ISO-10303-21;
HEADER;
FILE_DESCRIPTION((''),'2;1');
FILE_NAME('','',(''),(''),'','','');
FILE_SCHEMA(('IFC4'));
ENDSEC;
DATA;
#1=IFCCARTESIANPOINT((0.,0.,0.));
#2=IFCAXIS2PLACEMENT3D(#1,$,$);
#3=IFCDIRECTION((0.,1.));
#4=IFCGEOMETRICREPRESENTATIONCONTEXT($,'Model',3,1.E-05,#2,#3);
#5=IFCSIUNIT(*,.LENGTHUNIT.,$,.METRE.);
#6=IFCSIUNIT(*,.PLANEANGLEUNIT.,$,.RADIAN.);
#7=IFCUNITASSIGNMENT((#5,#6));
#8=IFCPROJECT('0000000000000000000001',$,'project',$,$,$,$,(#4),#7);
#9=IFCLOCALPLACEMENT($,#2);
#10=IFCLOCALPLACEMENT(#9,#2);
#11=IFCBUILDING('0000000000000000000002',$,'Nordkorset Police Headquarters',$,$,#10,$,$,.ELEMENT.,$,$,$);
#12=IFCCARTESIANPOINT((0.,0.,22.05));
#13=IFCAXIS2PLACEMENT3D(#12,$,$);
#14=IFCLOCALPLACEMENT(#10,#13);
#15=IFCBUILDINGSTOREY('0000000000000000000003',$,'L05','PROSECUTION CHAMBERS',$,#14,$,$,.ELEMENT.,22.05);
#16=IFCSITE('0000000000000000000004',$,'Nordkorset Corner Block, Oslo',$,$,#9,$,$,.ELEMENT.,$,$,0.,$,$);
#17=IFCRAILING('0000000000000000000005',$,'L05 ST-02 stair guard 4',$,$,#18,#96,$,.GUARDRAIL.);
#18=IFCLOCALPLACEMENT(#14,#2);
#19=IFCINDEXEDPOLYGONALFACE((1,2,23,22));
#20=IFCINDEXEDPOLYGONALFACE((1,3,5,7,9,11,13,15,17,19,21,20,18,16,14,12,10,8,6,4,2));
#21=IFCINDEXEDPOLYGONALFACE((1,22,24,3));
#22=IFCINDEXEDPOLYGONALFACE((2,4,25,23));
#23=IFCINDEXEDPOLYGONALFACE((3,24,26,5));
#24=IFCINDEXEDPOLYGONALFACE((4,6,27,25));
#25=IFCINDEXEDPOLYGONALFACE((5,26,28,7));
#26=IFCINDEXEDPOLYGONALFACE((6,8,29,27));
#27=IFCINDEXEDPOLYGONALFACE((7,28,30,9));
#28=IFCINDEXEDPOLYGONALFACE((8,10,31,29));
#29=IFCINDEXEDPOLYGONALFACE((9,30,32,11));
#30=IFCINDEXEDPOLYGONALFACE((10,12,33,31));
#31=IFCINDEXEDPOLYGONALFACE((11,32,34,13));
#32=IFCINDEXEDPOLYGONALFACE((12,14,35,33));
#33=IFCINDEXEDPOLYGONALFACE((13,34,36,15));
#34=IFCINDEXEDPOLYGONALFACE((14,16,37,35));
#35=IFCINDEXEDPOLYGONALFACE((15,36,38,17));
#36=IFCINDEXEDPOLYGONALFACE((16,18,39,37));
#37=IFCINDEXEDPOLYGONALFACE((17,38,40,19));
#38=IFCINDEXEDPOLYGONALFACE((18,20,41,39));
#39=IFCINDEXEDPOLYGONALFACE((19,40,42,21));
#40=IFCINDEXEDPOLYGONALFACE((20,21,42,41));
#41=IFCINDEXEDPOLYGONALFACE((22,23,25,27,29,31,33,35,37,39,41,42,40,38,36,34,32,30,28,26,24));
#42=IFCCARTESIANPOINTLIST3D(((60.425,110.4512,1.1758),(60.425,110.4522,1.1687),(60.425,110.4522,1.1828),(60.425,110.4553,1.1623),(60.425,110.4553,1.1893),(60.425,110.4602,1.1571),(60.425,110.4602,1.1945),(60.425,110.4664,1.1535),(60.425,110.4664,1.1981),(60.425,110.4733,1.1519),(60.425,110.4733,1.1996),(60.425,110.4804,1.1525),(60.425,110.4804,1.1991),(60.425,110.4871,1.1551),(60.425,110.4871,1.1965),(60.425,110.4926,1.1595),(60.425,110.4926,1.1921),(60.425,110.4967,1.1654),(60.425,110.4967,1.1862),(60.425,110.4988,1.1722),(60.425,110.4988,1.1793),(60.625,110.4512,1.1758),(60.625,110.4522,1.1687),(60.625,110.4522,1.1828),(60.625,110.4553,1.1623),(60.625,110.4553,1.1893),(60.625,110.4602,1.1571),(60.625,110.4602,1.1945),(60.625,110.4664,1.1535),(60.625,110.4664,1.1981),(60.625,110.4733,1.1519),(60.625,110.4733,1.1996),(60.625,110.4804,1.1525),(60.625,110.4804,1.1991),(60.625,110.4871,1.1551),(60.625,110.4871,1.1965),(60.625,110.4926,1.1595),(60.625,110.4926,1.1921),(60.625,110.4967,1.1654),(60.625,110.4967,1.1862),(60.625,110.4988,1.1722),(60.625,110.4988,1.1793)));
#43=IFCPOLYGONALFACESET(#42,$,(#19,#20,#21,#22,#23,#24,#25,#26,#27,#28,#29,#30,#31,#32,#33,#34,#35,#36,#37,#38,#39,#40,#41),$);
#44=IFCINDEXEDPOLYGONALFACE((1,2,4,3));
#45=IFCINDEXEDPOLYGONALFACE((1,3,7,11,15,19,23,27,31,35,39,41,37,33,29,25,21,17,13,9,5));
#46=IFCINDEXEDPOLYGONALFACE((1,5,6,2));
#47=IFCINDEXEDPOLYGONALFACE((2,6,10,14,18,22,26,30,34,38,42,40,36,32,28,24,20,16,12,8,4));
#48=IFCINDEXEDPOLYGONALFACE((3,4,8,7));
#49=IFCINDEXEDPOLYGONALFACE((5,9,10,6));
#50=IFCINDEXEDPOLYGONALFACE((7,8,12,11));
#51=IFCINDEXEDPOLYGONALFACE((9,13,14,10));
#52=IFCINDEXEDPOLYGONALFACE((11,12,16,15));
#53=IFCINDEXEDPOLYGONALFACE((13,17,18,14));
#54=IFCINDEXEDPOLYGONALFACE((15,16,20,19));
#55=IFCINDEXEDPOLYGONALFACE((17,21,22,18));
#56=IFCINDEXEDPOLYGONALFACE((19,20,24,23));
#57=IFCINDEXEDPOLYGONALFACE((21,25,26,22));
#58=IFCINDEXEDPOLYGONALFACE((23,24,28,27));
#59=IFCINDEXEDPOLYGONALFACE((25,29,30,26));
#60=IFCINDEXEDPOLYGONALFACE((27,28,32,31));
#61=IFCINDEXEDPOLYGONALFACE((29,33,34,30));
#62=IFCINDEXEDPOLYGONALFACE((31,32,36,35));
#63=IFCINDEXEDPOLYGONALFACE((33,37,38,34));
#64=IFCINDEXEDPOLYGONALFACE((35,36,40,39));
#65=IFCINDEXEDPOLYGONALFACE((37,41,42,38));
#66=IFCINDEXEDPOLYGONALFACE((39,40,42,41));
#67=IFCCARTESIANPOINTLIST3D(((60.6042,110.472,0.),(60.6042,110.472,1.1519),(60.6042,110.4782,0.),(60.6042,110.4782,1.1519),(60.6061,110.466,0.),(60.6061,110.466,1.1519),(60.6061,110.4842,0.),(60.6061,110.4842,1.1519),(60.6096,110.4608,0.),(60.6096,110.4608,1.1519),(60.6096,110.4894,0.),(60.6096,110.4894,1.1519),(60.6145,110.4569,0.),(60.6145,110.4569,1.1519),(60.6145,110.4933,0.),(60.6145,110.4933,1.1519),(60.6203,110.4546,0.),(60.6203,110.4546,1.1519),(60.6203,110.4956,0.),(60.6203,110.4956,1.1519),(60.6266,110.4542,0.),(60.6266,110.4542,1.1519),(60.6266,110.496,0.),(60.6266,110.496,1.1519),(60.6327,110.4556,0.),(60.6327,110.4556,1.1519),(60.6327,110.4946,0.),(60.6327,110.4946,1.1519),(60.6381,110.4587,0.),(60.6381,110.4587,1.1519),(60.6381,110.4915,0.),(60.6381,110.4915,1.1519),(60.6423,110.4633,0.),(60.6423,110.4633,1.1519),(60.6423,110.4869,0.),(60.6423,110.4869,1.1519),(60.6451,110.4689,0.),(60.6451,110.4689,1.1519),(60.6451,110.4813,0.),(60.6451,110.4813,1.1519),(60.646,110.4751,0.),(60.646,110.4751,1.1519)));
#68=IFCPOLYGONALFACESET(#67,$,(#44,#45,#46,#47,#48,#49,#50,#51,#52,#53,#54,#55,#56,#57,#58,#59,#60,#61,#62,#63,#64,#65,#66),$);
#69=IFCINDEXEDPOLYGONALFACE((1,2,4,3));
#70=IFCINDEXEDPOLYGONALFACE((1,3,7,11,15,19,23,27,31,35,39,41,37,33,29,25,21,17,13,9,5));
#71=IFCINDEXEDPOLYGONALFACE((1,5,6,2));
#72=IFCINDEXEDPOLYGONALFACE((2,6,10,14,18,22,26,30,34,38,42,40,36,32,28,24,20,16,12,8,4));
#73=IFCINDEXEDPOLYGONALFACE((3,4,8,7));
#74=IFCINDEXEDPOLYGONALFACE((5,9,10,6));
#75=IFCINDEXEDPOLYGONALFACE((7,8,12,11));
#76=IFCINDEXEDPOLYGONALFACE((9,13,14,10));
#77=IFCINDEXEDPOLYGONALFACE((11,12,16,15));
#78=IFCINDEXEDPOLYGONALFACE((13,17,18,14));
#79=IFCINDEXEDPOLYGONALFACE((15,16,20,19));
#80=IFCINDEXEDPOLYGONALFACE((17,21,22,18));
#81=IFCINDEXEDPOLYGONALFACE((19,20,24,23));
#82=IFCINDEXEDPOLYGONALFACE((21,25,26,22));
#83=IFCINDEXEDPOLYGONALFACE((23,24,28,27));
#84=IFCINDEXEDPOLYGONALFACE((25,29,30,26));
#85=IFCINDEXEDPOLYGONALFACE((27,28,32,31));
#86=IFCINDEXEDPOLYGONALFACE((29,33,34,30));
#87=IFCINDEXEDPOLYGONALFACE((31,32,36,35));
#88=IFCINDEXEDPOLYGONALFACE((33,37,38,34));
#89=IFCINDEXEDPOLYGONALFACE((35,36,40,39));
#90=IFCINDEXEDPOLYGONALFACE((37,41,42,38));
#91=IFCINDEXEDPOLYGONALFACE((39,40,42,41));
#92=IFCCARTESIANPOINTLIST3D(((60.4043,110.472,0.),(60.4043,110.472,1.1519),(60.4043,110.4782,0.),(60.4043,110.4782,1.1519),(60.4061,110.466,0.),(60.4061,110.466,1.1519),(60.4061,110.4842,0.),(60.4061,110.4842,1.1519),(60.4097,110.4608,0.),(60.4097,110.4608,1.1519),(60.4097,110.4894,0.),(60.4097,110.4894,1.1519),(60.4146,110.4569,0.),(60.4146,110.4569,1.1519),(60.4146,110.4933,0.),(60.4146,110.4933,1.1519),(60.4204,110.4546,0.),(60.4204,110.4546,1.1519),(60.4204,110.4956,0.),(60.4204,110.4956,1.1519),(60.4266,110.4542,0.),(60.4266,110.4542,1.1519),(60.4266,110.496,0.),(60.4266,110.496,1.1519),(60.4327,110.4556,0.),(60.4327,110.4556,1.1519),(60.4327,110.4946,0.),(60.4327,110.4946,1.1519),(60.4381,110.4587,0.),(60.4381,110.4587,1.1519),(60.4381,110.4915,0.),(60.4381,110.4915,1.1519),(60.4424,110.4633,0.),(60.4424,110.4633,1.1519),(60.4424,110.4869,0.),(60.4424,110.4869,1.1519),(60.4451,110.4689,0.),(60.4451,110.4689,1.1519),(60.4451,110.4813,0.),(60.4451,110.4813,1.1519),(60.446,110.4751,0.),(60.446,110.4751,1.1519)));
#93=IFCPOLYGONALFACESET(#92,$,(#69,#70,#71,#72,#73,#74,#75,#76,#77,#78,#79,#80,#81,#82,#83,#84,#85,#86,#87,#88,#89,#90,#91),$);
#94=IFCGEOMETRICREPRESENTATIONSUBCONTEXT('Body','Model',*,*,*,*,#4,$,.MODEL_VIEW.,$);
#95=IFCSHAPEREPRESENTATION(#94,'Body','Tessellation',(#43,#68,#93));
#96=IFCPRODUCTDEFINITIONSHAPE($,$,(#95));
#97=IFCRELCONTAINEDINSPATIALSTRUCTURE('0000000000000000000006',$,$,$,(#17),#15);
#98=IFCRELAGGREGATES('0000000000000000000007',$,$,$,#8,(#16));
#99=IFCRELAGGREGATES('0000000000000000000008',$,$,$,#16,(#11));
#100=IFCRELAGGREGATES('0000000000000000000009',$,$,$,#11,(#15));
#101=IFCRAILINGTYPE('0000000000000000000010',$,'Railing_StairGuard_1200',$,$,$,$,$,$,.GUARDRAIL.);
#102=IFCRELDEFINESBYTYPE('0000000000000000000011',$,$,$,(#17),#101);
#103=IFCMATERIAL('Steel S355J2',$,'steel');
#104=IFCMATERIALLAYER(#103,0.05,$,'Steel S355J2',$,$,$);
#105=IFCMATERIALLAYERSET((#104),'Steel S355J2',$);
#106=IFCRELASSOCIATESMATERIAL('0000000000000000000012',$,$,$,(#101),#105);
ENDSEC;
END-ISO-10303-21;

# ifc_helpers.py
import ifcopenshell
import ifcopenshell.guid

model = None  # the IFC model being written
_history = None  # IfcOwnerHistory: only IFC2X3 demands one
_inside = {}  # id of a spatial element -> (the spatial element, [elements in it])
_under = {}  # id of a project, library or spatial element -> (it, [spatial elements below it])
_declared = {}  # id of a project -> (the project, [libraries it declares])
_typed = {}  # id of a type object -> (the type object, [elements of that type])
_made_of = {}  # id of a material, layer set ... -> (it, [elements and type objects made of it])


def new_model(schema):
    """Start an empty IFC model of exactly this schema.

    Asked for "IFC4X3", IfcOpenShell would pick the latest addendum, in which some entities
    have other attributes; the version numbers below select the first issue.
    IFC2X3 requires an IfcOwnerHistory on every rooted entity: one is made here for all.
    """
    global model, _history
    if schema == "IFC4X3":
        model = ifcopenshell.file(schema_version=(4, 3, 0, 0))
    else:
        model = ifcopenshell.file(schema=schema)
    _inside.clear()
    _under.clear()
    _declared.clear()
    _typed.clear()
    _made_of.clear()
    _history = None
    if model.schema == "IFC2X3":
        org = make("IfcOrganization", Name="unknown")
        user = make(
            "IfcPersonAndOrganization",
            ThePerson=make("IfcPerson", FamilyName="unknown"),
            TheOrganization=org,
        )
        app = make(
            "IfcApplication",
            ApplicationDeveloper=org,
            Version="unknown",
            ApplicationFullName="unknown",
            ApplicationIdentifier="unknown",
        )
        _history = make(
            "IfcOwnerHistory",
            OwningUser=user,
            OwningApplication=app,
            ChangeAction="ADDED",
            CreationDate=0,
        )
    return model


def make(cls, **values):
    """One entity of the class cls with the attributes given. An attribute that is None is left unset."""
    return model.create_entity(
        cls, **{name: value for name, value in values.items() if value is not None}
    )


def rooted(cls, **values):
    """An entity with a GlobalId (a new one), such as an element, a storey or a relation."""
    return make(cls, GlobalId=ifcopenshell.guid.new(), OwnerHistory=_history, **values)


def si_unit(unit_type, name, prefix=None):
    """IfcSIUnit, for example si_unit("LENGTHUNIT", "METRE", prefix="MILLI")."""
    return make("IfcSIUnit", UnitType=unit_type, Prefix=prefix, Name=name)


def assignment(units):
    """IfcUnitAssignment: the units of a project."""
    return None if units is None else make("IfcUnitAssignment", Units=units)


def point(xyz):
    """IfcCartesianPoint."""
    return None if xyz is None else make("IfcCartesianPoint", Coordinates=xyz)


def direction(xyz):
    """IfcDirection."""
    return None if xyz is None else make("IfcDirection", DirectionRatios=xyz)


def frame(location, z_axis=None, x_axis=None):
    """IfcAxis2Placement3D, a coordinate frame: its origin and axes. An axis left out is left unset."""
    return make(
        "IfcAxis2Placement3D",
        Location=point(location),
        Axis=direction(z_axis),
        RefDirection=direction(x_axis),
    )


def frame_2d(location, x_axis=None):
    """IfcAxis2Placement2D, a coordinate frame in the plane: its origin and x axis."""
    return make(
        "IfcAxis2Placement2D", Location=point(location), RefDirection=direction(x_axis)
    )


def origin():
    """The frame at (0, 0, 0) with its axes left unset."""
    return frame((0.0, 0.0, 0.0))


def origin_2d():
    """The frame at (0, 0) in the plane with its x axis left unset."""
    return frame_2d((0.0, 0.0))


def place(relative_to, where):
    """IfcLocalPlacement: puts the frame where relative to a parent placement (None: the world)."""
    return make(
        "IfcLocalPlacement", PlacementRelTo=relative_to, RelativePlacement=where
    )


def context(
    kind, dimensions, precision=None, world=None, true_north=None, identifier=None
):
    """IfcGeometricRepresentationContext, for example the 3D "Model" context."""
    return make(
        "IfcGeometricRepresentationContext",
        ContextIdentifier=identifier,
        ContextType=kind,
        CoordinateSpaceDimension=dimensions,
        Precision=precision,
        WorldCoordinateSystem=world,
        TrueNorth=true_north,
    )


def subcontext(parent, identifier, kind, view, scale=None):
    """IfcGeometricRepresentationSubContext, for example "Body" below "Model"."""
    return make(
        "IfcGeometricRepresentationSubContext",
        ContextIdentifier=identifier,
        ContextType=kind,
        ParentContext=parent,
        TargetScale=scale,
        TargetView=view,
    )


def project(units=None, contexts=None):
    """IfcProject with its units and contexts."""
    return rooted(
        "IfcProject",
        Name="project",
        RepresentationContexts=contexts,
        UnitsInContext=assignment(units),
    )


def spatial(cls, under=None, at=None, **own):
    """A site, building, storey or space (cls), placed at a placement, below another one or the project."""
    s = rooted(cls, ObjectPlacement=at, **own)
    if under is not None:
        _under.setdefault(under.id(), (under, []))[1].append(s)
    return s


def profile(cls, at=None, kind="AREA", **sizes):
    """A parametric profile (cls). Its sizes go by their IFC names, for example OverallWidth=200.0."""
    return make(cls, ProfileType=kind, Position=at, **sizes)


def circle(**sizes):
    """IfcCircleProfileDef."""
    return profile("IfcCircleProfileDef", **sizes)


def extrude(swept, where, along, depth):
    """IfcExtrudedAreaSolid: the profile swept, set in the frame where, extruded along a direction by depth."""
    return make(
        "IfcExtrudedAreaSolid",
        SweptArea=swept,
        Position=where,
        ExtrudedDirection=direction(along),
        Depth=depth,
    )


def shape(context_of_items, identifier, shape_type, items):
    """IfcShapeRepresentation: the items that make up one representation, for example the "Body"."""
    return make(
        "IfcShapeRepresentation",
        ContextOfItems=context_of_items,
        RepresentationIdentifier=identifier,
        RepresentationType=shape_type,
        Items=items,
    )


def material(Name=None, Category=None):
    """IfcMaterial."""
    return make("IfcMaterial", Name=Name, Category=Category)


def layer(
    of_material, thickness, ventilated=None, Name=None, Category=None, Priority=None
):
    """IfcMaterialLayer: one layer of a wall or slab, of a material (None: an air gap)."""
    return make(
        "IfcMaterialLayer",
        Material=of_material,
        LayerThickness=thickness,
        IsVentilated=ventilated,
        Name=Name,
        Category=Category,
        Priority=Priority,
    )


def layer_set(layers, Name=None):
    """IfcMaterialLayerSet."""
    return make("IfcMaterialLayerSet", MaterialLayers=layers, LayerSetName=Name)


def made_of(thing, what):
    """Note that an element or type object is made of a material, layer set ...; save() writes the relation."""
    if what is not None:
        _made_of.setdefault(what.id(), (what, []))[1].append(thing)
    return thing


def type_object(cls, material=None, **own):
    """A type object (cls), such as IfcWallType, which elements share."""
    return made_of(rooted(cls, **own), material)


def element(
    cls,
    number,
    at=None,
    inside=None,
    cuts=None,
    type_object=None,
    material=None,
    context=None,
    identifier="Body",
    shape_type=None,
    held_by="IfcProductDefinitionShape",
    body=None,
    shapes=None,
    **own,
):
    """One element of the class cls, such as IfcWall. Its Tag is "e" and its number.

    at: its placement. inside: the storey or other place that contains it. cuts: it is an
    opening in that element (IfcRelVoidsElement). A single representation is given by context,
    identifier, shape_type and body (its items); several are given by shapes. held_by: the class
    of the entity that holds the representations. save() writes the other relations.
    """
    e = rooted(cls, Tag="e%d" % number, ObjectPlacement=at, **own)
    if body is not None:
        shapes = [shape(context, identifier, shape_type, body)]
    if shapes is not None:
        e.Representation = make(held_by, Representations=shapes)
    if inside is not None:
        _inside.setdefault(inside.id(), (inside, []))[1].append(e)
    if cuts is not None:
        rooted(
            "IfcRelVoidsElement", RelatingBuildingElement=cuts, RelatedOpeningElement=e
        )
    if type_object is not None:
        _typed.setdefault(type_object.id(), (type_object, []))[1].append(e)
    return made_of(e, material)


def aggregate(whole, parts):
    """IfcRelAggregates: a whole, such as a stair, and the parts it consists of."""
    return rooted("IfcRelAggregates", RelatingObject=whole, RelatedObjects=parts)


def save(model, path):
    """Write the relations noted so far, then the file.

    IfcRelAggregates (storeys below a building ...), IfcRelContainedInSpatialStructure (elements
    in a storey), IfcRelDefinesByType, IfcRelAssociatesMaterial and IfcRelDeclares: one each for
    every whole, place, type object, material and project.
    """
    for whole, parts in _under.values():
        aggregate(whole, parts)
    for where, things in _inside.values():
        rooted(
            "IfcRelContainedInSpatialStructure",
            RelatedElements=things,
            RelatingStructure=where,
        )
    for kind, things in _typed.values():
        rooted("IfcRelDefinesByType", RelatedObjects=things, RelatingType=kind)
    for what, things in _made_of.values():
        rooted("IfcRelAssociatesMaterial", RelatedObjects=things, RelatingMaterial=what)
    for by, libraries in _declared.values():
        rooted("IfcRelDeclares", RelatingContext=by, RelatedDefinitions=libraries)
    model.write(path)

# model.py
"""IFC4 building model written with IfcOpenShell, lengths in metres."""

from ifc_helpers import new_model, si_unit, direction, frame, origin, origin_2d, place, context, subcontext, project, spatial, circle, extrude, material, layer, layer_set, type_object, element, save


model = new_model("IFC4")

# Units and contexts
model_context = context("Model", 3, precision=1e-05, world=origin(), true_north=direction((0.0, 1.0)))
body_context = subcontext(model_context, "Body", "Model", "MODEL_VIEW")
ifc_project = project(units=[si_unit("LENGTHUNIT", "METRE"), si_unit("PLANEANGLEUNIT", "RADIAN")], contexts=[model_context])

# Site, building, storey
site_placement = place(None, origin())
site = spatial("IfcSite", under=ifc_project, at=site_placement, Name="Nordkorset Corner Block, Oslo", CompositionType="ELEMENT", RefElevation=0.0)
building_placement = place(site_placement, origin())
building = spatial("IfcBuilding", under=site, at=building_placement, Name="Nordkorset Police Headquarters", CompositionType="ELEMENT")
storey_placement = place(building_placement, frame((0.0, 0.0, 22.05)))
storey = spatial("IfcBuildingStorey", under=building, at=storey_placement, Name="L05", Description="PROSECUTION CHAMBERS", CompositionType="ELEMENT", Elevation=22.05)

# Railing
ifc_material_1 = material(Name="Steel S355J2", Category="steel")
ifc_layer_1 = layer(ifc_material_1, 0.05, Name="Steel S355J2")
ifc_layer_set_1 = layer_set([ifc_layer_1], Name="Steel S355J2")
railing_type_1 = type_object("IfcRailingType", Name="Railing_StairGuard_1200", PredefinedType="GUARDRAIL", material=ifc_layer_set_1)
railing_1_placement = place(storey_placement, frame((60.625, 110.4751, 0.0)))
element("IfcRailing", 1, at=railing_1_placement, inside=storey, type_object=railing_type_1, Name="L05 ST-02 stair guard 4", PredefinedType="GUARDRAIL", context=body_context, shape_type="SweptSolid", body=[
    extrude(circle(Radius=0.0239, at=origin_2d()), frame((0.0, 0.0, 1.1758), z_axis=(-1.0, 0.0, 0.0), x_axis=(0.0, -1.0, 0.0)), (0.0, 0.0, 1.0), 0.2),
    extrude(circle(Radius=0.021, at=origin_2d()), origin(), (0.0, 0.0, 1.0), 1.1519),
    extrude(circle(Radius=0.021, at=origin_2d()), frame((-0.2, 0.0, 0.0)), (0.0, 0.0, 1.0), 1.1519),
])

save(model, "model.ifc")
